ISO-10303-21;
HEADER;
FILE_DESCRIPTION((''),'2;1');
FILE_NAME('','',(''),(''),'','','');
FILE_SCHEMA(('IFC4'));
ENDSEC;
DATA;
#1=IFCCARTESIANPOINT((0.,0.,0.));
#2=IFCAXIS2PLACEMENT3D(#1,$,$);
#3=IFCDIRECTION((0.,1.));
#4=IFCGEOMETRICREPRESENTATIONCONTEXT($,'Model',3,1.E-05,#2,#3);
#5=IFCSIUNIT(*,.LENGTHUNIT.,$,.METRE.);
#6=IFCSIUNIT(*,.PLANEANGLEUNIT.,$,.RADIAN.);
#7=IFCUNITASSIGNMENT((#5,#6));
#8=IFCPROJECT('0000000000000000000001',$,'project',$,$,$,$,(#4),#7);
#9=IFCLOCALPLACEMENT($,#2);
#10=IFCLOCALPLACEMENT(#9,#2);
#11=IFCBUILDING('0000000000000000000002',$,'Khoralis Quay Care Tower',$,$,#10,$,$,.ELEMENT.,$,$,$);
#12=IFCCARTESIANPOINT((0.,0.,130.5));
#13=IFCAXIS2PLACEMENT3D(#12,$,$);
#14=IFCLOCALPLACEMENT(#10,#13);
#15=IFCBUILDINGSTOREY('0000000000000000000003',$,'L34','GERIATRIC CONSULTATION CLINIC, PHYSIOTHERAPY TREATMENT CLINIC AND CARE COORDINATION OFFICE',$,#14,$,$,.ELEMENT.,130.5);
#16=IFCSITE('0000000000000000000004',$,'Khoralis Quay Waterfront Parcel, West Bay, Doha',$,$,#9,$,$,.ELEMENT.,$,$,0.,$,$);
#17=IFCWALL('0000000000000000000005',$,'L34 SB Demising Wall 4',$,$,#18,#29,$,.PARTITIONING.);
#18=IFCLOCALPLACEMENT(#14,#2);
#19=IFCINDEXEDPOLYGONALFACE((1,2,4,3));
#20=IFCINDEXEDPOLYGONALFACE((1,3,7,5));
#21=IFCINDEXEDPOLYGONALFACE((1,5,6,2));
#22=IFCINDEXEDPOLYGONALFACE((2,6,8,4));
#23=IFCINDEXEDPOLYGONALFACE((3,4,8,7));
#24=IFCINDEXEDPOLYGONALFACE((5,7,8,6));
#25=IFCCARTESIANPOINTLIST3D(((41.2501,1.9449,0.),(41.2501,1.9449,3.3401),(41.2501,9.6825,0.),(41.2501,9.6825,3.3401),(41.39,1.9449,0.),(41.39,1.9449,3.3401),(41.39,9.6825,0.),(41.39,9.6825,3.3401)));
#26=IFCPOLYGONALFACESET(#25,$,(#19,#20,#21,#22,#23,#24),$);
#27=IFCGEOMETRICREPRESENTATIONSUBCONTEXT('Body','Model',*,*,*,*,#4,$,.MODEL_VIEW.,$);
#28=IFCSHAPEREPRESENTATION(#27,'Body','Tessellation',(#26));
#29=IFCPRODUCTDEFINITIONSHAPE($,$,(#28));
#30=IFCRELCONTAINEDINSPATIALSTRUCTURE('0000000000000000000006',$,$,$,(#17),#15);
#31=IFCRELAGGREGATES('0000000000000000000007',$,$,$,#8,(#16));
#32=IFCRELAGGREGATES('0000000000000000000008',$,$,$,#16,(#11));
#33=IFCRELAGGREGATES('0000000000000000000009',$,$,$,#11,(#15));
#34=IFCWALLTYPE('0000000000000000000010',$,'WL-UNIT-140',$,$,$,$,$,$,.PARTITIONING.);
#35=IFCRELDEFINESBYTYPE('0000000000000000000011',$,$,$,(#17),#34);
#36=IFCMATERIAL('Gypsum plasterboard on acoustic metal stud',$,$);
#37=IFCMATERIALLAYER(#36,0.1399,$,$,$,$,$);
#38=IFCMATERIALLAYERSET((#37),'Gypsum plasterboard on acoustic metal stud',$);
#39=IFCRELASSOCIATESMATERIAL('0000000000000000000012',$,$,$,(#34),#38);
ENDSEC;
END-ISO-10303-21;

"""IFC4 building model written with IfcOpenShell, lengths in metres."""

from ifc_helpers import new_model, si_unit, direction, frame, frame_2d, origin, place, context, subcontext, project, spatial, rectangle, extrude, material, layer, layer_set, type_object, element, save


model = new_model("IFC4")

# Units and contexts
model_context = context("Model", 3, precision=1e-05, world=origin(), true_north=direction((0.0, 1.0)))
body_context = subcontext(model_context, "Body", "Model", "MODEL_VIEW")
ifc_project = project(units=[si_unit("LENGTHUNIT", "METRE"), si_unit("PLANEANGLEUNIT", "RADIAN")], contexts=[model_context])

# Site, building, storey
site_placement = place(None, origin())
site = spatial("IfcSite", under=ifc_project, at=site_placement, Name="Khoralis Quay Waterfront Parcel, West Bay, Doha", CompositionType="ELEMENT", RefElevation=0.0)
building_placement = place(site_placement, origin())
building = spatial("IfcBuilding", under=site, at=building_placement, Name="Khoralis Quay Care Tower", CompositionType="ELEMENT")
storey_placement = place(building_placement, frame((0.0, 0.0, 130.5)))
storey = spatial("IfcBuildingStorey", under=building, at=storey_placement, Name="L34", Description="GERIATRIC CONSULTATION CLINIC, PHYSIOTHERAPY TREATMENT CLINIC AND CARE COORDINATION OFFICE", CompositionType="ELEMENT", Elevation=130.5)

# Shared definitions
ifc_material_1 = material(Name="Gypsum plasterboard on acoustic metal stud")

# Wall
ifc_layer_1 = layer(ifc_material_1, 0.1399)
ifc_layer_set_1 = layer_set([ifc_layer_1], Name="Gypsum plasterboard on acoustic metal stud")
wall_type_1 = type_object("IfcWallType", Name="WL-UNIT-140", PredefinedType="PARTITIONING", material=ifc_layer_set_1)
wall_1_placement = place(storey_placement, frame((41.3201, 1.9451, 0.0), z_axis=(0.0, 0.0, 1.0), x_axis=(0.0, 1.0, 0.0)))
element("IfcWall", 1, at=wall_1_placement, inside=storey, type_object=wall_type_1, Name="L34 SB Demising Wall 4", PredefinedType="PARTITIONING", context=body_context, shape_type="SweptSolid", body=[
    extrude(rectangle(XDim=7.7375, YDim=0.1399, at=frame_2d((3.8687, 0.0))), origin(), (0.0, 0.0, 1.0), 3.3401),
])

save(model, "model.ifc")
